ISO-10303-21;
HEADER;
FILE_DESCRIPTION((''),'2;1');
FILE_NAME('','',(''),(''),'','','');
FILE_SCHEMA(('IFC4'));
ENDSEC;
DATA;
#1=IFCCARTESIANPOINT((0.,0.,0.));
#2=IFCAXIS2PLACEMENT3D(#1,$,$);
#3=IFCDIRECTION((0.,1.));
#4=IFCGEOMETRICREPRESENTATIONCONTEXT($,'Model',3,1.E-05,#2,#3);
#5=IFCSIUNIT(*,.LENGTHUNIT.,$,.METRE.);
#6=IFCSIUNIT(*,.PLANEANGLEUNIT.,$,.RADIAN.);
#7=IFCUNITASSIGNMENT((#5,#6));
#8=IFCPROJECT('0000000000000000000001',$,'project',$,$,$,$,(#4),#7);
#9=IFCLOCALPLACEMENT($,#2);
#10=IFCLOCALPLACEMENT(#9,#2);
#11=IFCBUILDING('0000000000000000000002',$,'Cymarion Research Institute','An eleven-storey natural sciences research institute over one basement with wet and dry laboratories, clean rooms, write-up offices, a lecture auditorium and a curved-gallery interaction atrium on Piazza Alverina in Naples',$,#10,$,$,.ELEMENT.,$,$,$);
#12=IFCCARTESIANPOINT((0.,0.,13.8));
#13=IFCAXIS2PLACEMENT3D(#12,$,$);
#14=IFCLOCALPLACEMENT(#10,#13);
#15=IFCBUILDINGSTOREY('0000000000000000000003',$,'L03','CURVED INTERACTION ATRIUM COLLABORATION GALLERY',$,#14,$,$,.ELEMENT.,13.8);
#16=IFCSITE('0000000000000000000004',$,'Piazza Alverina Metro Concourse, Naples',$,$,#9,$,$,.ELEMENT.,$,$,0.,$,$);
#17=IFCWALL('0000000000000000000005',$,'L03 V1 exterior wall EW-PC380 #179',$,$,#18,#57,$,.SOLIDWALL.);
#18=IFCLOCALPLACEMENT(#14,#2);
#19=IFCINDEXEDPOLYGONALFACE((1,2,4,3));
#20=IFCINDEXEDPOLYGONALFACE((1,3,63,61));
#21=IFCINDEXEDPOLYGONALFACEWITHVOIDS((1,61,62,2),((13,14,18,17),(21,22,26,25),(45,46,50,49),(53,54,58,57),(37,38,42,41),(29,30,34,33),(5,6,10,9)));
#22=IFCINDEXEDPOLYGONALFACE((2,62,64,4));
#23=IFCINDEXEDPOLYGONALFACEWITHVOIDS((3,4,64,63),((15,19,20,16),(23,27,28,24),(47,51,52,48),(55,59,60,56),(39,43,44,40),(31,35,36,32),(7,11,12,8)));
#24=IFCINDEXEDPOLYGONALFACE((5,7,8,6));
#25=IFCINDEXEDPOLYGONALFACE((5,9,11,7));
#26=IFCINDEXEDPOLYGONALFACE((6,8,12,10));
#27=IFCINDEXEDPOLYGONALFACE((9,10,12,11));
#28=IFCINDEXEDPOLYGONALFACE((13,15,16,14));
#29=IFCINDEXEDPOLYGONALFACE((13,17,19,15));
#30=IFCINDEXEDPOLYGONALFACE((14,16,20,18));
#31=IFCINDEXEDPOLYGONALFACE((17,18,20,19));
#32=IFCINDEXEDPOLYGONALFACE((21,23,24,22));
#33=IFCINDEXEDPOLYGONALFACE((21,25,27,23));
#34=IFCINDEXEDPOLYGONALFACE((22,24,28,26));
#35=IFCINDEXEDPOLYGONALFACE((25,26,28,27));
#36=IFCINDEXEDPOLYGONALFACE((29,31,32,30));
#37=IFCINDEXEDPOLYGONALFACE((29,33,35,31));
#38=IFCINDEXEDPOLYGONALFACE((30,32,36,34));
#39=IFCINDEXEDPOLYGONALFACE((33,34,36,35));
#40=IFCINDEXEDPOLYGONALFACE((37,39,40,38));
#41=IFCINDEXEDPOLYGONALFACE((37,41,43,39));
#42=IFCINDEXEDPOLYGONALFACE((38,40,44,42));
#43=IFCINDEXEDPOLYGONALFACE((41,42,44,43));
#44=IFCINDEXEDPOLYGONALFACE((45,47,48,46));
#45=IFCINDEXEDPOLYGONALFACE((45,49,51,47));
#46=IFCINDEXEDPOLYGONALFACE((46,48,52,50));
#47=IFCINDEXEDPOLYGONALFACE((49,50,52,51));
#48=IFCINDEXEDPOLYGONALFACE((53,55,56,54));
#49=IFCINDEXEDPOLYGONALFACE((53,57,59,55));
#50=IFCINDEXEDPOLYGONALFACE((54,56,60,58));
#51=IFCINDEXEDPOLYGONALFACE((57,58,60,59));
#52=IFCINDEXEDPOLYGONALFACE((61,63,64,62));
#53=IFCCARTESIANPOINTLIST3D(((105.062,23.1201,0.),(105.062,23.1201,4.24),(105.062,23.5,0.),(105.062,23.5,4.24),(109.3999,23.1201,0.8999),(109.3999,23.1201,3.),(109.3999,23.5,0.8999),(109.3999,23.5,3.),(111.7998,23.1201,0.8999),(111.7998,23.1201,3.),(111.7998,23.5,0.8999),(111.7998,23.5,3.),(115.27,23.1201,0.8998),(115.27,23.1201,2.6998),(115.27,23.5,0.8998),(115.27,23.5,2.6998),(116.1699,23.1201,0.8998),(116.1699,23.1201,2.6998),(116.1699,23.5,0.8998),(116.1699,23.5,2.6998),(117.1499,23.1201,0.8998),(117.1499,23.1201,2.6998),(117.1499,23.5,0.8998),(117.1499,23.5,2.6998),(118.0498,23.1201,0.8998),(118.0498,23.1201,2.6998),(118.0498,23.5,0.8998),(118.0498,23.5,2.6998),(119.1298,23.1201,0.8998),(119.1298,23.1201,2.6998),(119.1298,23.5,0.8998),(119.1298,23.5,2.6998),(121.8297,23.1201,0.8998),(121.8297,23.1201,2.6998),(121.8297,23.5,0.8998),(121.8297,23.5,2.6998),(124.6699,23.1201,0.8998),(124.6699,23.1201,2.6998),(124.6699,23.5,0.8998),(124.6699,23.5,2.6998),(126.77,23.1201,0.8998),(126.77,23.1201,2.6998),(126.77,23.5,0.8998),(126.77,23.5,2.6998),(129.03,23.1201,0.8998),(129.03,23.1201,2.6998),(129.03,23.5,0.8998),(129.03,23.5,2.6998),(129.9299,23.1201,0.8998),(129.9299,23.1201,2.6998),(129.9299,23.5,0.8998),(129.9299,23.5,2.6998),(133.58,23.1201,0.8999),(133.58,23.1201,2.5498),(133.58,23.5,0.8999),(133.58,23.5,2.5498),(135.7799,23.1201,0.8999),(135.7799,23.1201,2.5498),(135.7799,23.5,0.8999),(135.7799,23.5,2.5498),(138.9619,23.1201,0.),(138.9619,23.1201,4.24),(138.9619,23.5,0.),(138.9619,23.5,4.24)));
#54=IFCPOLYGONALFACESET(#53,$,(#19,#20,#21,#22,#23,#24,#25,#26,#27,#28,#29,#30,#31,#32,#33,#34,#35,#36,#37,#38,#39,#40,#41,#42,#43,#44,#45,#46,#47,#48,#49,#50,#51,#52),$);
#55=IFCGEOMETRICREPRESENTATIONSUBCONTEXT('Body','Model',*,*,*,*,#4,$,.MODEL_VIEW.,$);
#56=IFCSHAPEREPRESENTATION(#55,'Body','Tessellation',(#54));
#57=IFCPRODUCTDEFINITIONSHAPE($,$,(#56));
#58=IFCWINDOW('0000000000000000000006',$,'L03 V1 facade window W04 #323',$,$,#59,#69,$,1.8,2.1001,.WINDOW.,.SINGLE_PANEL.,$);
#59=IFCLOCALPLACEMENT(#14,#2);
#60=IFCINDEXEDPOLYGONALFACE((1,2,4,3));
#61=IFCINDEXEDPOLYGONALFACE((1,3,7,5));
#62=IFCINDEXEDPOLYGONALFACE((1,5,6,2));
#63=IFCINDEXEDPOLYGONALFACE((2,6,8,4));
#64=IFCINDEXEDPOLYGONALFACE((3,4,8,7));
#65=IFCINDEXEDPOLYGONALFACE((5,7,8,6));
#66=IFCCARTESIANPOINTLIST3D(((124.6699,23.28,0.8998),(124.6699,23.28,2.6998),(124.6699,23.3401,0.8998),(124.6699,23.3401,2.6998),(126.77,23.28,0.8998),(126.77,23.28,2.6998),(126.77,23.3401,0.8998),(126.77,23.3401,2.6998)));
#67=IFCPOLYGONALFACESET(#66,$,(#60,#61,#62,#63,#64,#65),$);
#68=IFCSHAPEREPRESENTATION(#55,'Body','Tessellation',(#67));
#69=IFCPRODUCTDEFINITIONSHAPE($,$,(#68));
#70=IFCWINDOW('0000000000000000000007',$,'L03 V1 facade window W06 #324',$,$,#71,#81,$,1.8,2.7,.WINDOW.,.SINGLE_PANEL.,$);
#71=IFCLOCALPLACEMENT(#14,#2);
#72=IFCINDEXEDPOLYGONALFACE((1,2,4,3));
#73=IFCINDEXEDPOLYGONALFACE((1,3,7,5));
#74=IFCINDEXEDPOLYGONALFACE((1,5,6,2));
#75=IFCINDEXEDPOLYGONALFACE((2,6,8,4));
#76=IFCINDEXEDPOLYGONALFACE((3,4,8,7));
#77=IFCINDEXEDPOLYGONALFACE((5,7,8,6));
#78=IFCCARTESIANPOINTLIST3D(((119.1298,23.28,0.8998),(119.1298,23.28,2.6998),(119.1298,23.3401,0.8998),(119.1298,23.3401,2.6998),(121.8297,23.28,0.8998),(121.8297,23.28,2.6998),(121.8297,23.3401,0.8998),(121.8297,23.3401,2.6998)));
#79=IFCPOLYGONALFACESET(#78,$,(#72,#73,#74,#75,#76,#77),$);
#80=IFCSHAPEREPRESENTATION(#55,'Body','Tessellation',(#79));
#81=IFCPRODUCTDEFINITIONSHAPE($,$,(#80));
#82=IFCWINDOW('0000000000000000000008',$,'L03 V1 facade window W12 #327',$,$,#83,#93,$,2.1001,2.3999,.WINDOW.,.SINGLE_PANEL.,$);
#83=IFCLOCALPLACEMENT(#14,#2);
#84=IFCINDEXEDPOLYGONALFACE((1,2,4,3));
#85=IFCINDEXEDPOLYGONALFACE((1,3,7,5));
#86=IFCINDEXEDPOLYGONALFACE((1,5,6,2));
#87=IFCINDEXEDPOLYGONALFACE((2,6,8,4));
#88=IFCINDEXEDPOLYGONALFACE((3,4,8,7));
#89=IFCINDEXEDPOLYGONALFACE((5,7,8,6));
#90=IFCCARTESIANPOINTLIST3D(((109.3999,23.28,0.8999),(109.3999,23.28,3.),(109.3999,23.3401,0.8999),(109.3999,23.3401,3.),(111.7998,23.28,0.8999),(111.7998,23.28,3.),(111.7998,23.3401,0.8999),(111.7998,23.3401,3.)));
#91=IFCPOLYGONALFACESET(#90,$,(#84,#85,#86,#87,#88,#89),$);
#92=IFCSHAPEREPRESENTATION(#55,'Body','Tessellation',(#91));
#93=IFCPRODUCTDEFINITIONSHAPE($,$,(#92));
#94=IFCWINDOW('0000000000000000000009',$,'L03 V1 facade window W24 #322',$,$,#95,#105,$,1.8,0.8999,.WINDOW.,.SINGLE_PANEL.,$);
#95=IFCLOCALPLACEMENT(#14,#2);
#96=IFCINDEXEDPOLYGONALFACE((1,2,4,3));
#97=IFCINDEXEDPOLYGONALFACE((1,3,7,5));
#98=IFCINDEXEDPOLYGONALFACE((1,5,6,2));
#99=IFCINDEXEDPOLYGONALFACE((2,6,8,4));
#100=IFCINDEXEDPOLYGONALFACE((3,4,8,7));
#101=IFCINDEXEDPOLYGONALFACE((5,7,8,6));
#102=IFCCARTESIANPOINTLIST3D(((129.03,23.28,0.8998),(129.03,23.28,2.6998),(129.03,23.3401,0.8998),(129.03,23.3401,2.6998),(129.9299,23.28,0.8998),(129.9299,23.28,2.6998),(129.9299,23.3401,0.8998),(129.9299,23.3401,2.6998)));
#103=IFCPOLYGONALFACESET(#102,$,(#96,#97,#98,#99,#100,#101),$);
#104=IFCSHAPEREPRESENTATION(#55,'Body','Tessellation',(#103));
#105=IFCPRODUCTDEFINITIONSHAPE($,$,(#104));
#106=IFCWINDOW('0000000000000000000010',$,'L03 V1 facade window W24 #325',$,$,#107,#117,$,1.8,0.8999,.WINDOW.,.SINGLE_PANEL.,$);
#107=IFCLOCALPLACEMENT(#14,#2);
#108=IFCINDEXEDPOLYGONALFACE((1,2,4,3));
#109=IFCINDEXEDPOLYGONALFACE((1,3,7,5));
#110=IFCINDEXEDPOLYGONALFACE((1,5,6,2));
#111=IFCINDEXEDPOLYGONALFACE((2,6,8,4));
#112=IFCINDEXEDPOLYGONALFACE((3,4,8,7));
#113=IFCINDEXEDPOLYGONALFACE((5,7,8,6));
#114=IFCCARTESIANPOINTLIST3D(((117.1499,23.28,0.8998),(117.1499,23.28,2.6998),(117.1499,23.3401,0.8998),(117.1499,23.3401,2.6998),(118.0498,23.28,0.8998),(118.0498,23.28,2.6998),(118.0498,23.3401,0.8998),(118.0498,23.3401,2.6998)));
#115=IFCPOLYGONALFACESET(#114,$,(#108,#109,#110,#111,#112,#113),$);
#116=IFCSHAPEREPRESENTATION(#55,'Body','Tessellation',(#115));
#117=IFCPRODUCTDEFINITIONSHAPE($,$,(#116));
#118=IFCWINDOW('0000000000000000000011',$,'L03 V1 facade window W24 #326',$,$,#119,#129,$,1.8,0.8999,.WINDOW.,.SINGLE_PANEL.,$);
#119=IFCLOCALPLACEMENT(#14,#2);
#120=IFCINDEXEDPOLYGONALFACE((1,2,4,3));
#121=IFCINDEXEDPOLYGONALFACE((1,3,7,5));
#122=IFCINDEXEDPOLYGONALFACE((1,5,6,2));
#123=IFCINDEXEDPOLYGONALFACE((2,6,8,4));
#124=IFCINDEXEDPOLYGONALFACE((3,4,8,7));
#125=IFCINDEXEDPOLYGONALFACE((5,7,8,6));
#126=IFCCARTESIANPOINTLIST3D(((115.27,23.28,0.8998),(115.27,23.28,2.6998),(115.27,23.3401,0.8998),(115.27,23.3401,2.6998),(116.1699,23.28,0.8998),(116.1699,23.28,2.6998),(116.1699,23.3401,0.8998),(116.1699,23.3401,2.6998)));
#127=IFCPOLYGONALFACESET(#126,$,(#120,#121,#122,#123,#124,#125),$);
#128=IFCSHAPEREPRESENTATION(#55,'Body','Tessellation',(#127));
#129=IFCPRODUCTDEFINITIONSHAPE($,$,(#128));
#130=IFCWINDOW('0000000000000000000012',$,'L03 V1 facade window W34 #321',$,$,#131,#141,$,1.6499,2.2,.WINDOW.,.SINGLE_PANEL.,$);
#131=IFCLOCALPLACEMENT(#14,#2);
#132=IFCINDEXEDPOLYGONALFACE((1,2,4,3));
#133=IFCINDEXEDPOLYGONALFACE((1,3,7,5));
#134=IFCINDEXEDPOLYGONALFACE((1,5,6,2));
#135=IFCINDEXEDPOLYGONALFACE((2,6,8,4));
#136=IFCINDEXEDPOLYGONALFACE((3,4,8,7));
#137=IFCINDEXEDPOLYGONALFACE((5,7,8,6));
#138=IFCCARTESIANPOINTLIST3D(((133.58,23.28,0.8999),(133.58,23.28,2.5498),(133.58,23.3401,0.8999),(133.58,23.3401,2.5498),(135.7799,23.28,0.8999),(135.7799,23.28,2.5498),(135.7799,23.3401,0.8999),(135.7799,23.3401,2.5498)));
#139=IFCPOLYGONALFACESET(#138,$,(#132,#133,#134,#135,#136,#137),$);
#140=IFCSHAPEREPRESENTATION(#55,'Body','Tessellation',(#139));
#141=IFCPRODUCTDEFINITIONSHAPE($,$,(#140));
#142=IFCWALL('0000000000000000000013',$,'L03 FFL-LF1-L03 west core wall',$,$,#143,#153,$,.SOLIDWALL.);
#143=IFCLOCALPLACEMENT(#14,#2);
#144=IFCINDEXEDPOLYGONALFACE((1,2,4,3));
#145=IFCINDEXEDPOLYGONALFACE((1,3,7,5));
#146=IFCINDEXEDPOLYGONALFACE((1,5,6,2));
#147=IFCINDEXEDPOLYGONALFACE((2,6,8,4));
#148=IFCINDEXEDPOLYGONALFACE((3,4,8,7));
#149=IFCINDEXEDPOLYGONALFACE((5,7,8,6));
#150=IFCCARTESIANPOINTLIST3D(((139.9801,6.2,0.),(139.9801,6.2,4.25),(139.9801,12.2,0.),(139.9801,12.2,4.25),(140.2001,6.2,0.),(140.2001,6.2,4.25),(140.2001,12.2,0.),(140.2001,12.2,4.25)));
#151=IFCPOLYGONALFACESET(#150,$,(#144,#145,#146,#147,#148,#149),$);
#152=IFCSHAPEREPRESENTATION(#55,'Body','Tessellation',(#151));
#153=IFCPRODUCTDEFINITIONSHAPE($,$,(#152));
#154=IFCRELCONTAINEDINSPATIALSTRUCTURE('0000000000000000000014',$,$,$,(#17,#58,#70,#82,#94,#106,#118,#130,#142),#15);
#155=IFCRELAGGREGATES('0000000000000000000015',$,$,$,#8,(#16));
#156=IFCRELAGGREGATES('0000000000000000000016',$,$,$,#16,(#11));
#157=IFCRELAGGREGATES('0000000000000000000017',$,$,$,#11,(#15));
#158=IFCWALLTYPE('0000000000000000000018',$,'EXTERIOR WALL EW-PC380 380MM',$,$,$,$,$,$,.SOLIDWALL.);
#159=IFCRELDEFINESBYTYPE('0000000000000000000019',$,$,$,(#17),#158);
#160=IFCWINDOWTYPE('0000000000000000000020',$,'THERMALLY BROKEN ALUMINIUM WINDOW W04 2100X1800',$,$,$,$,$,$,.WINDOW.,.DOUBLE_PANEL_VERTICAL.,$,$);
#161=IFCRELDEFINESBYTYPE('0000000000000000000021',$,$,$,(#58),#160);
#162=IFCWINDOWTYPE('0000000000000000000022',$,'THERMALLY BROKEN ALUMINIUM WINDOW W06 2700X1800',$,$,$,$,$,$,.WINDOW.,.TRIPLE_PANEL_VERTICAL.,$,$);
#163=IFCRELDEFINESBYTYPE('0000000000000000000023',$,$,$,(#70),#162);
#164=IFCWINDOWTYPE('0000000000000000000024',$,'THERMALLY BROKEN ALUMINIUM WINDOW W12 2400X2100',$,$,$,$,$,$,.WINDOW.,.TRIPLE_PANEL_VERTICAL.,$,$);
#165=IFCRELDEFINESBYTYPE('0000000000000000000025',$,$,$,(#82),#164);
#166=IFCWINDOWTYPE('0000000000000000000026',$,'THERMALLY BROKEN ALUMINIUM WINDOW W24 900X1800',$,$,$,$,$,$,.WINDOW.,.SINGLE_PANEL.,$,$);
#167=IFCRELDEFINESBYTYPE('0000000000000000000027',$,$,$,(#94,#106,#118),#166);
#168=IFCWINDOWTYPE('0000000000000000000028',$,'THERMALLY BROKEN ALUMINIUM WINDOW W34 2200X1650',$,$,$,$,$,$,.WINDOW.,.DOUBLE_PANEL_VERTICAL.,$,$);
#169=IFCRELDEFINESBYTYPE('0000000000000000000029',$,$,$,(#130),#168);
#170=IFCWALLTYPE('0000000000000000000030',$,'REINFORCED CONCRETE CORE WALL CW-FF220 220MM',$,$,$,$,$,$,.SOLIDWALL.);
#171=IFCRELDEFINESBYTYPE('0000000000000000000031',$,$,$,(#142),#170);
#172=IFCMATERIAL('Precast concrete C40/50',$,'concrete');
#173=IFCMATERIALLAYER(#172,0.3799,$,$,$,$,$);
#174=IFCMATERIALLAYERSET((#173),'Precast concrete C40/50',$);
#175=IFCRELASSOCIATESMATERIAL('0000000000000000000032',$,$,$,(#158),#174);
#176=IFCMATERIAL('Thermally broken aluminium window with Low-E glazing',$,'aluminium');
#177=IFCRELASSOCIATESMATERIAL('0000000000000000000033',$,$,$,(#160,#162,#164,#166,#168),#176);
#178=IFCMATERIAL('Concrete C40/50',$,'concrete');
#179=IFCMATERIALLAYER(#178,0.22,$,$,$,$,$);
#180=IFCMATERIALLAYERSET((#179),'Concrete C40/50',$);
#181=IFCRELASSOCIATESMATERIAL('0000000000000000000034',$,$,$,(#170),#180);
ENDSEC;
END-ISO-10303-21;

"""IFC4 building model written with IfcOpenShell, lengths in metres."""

from ifc_helpers import new_model, si_unit, direction, frame, frame_2d, origin, place, context, subcontext, project, spatial, rectangle, extrude, material, layer, layer_set, type_object, element, fill, save


model = new_model("IFC4")

# Units and contexts
model_context = context("Model", 3, precision=1e-05, world=origin(), true_north=direction((0.0, 1.0)))
body_context = subcontext(model_context, "Body", "Model", "MODEL_VIEW")
ifc_project = project(units=[si_unit("LENGTHUNIT", "METRE"), si_unit("PLANEANGLEUNIT", "RADIAN")], contexts=[model_context])

# Site, building, storey
site_placement = place(None, origin())
site = spatial("IfcSite", under=ifc_project, at=site_placement, Name="Piazza Alverina Metro Concourse, Naples", CompositionType="ELEMENT", RefElevation=0.0)
building_placement = place(site_placement, origin())
building = spatial("IfcBuilding", under=site, at=building_placement, Name="Cymarion Research Institute", Description="An eleven-storey natural sciences research institute over one basement with wet and dry laboratories, clean rooms, write-up offices, a lecture auditorium and a curved-gallery interaction atrium on Piazza Alverina in Naples", CompositionType="ELEMENT")
storey_placement = place(building_placement, frame((0.0, 0.0, 13.8)))
storey = spatial("IfcBuildingStorey", under=building, at=storey_placement, Name="L03", Description="CURVED INTERACTION ATRIUM COLLABORATION GALLERY", CompositionType="ELEMENT", Elevation=13.8)

# Shared definitions
ifc_material_1 = material(Name="Precast concrete C40/50", Category="concrete")
ifc_layer_1 = layer(ifc_material_1, 0.3799)
ifc_layer_set_1 = layer_set([ifc_layer_1], Name="Precast concrete C40/50")
wall_type_1 = type_object("IfcWallType", Name="EXTERIOR WALL EW-PC380 380MM", PredefinedType="SOLIDWALL", material=ifc_layer_set_1)

# Wall, openings, windows
wall_1_placement = place(storey_placement, frame((138.9619, 23.3101, 0.0), z_axis=(0.0, 0.0, 1.0), x_axis=(-1.0, 0.0, 0.0)))
wall_1 = element("IfcWall", 1, at=wall_1_placement, inside=storey, type_object=wall_type_1, Name="L03 V1 exterior wall EW-PC380 #179", PredefinedType="SOLIDWALL", context=body_context, shape_type="SweptSolid", body=[
    extrude(rectangle(XDim=33.8999, YDim=0.3799, at=frame_2d((16.95, 0.0))), origin(), (0.0, 0.0, 1.0), 4.24),
])
opening_1_placement = place(wall_1_placement, frame((3.1819, 0.0, 0.8999)))
opening_1 = element("IfcOpeningElement", 2, at=opening_1_placement, cuts=wall_1, PredefinedType="OPENING", context=body_context, shape_type="SweptSolid", body=[
    extrude(rectangle(XDim=2.2, YDim=1.6499, at=frame_2d((1.1001, 0.825))), frame((0.0, 0.2, 0.0), z_axis=(0.0, -1.0, 0.0), x_axis=(1.0, 0.0, 0.0)), (0.0, 0.0, 1.0), 0.3999),
])
opening_2_placement = place(wall_1_placement, frame((9.032, 0.0, 0.8999)))
opening_2 = element("IfcOpeningElement", 3, at=opening_2_placement, cuts=wall_1, PredefinedType="OPENING", context=body_context, shape_type="SweptSolid", body=[
    extrude(rectangle(XDim=0.8999, YDim=1.8, at=frame_2d((0.45, 0.8999))), frame((0.0, 0.2, 0.0), z_axis=(0.0, -1.0, 0.0), x_axis=(1.0, 0.0, 0.0)), (0.0, 0.0, 1.0), 0.3999),
])
opening_3_placement = place(wall_1_placement, frame((12.1919, 0.0, 0.8999)))
opening_3 = element("IfcOpeningElement", 4, at=opening_3_placement, cuts=wall_1, PredefinedType="OPENING", context=body_context, shape_type="SweptSolid", body=[
    extrude(rectangle(XDim=2.1001, YDim=1.8, at=frame_2d((1.05, 0.8999))), frame((0.0, 0.2, 0.0), z_axis=(0.0, -1.0, 0.0), x_axis=(1.0, 0.0, 0.0)), (0.0, 0.0, 1.0), 0.3999),
])
opening_4_placement = place(wall_1_placement, frame((17.1321, 0.0, 0.8999)))
opening_4 = element("IfcOpeningElement", 5, at=opening_4_placement, cuts=wall_1, PredefinedType="OPENING", context=body_context, shape_type="SweptSolid", body=[
    extrude(rectangle(XDim=2.7, YDim=1.8, at=frame_2d((1.3501, 0.8999))), frame((0.0, 0.2, 0.0), z_axis=(0.0, -1.0, 0.0), x_axis=(1.0, 0.0, 0.0)), (0.0, 0.0, 1.0), 0.3999),
])
opening_5_placement = place(wall_1_placement, frame((20.9121, 0.0, 0.8999)))
opening_5 = element("IfcOpeningElement", 6, at=opening_5_placement, cuts=wall_1, PredefinedType="OPENING", context=body_context, shape_type="SweptSolid", body=[
    extrude(rectangle(XDim=0.8999, YDim=1.8, at=frame_2d((0.45, 0.8999))), frame((0.0, 0.2, 0.0), z_axis=(0.0, -1.0, 0.0), x_axis=(1.0, 0.0, 0.0)), (0.0, 0.0, 1.0), 0.3999),
])
opening_6_placement = place(wall_1_placement, frame((22.792, 0.0, 0.8999)))
opening_6 = element("IfcOpeningElement", 7, at=opening_6_placement, cuts=wall_1, PredefinedType="OPENING", context=body_context, shape_type="SweptSolid", body=[
    extrude(rectangle(XDim=0.8999, YDim=1.8, at=frame_2d((0.45, 0.8999))), frame((0.0, 0.2, 0.0), z_axis=(0.0, -1.0, 0.0), x_axis=(1.0, 0.0, 0.0)), (0.0, 0.0, 1.0), 0.3999),
])
opening_7_placement = place(wall_1_placement, frame((27.1621, 0.0, 0.8999)))
opening_7 = element("IfcOpeningElement", 8, at=opening_7_placement, cuts=wall_1, PredefinedType="OPENING", context=body_context, shape_type="SweptSolid", body=[
    extrude(rectangle(XDim=2.3999, YDim=2.1001, at=frame_2d((1.2, 1.05))), frame((0.0, 0.2, 0.0), z_axis=(0.0, -1.0, 0.0), x_axis=(1.0, 0.0, 0.0)), (0.0, 0.0, 1.0), 0.3999),
])
ifc_material_2 = material(Name="Thermally broken aluminium window with Low-E glazing", Category="aluminium")
window_type_1 = type_object("IfcWindowType", Name="THERMALLY BROKEN ALUMINIUM WINDOW W04 2100X1800", PartitioningType="DOUBLE_PANEL_VERTICAL", PredefinedType="WINDOW", material=ifc_material_2)
window_1_placement = place(opening_3_placement, origin())
window_1 = element("IfcWindow", 9, at=window_1_placement, inside=storey, type_object=window_type_1, Name="L03 V1 facade window W04 #323", OverallHeight=1.8, OverallWidth=2.1001, PartitioningType="SINGLE_PANEL", PredefinedType="WINDOW", context=body_context, shape_type="SweptSolid", body=[
    extrude(rectangle(XDim=2.1001, YDim=1.8, at=frame_2d((1.05, 0.8999))), frame((0.0, 0.03, 0.0), z_axis=(0.0, -1.0, 0.0), x_axis=(1.0, 0.0, 0.0)), (0.0, 0.0, 1.0), 0.0601),
])
fill(opening_3, window_1)
window_type_2 = type_object("IfcWindowType", Name="THERMALLY BROKEN ALUMINIUM WINDOW W06 2700X1800", PartitioningType="TRIPLE_PANEL_VERTICAL", PredefinedType="WINDOW", material=ifc_material_2)
window_2_placement = place(opening_4_placement, origin())
window_2 = element("IfcWindow", 10, at=window_2_placement, inside=storey, type_object=window_type_2, Name="L03 V1 facade window W06 #324", OverallHeight=1.8, OverallWidth=2.7, PartitioningType="SINGLE_PANEL", PredefinedType="WINDOW", context=body_context, shape_type="SweptSolid", body=[
    extrude(rectangle(XDim=2.7, YDim=1.8, at=frame_2d((1.3501, 0.8999))), frame((0.0, 0.03, 0.0), z_axis=(0.0, -1.0, 0.0), x_axis=(1.0, 0.0, 0.0)), (0.0, 0.0, 1.0), 0.0601),
])
fill(opening_4, window_2)
window_type_3 = type_object("IfcWindowType", Name="THERMALLY BROKEN ALUMINIUM WINDOW W12 2400X2100", PartitioningType="TRIPLE_PANEL_VERTICAL", PredefinedType="WINDOW", material=ifc_material_2)
window_3_placement = place(opening_7_placement, origin())
window_3 = element("IfcWindow", 11, at=window_3_placement, inside=storey, type_object=window_type_3, Name="L03 V1 facade window W12 #327", OverallHeight=2.1001, OverallWidth=2.3999, PartitioningType="SINGLE_PANEL", PredefinedType="WINDOW", context=body_context, shape_type="SweptSolid", body=[
    extrude(rectangle(XDim=2.3999, YDim=2.1001, at=frame_2d((1.2, 1.05))), frame((0.0, 0.03, 0.0), z_axis=(0.0, -1.0, 0.0), x_axis=(1.0, 0.0, 0.0)), (0.0, 0.0, 1.0), 0.0601),
])
fill(opening_7, window_3)
window_type_4 = type_object("IfcWindowType", Name="THERMALLY BROKEN ALUMINIUM WINDOW W24 900X1800", PartitioningType="SINGLE_PANEL", PredefinedType="WINDOW", material=ifc_material_2)
window_4_placement = place(opening_2_placement, origin())
window_4 = element("IfcWindow", 12, at=window_4_placement, inside=storey, type_object=window_type_4, Name="L03 V1 facade window W24 #322", OverallHeight=1.8, OverallWidth=0.8999, PartitioningType="SINGLE_PANEL", PredefinedType="WINDOW", context=body_context, shape_type="SweptSolid", body=[
    extrude(rectangle(XDim=0.8999, YDim=1.8, at=frame_2d((0.45, 0.8999))), frame((0.0, 0.03, 0.0), z_axis=(0.0, -1.0, 0.0), x_axis=(1.0, 0.0, 0.0)), (0.0, 0.0, 1.0), 0.0601),
])
fill(opening_2, window_4)
window_5_placement = place(opening_5_placement, origin())
window_5 = element("IfcWindow", 13, at=window_5_placement, inside=storey, type_object=window_type_4, Name="L03 V1 facade window W24 #325", OverallHeight=1.8, OverallWidth=0.8999, PartitioningType="SINGLE_PANEL", PredefinedType="WINDOW", context=body_context, shape_type="SweptSolid", body=[
    extrude(rectangle(XDim=0.8999, YDim=1.8, at=frame_2d((0.45, 0.8999))), frame((0.0, 0.03, 0.0), z_axis=(0.0, -1.0, 0.0), x_axis=(1.0, 0.0, 0.0)), (0.0, 0.0, 1.0), 0.0601),
])
fill(opening_5, window_5)
window_6_placement = place(opening_6_placement, origin())
window_6 = element("IfcWindow", 14, at=window_6_placement, inside=storey, type_object=window_type_4, Name="L03 V1 facade window W24 #326", OverallHeight=1.8, OverallWidth=0.8999, PartitioningType="SINGLE_PANEL", PredefinedType="WINDOW", context=body_context, shape_type="SweptSolid", body=[
    extrude(rectangle(XDim=0.8999, YDim=1.8, at=frame_2d((0.45, 0.8999))), frame((0.0, 0.03, 0.0), z_axis=(0.0, -1.0, 0.0), x_axis=(1.0, 0.0, 0.0)), (0.0, 0.0, 1.0), 0.0601),
])
fill(opening_6, window_6)
window_type_5 = type_object("IfcWindowType", Name="THERMALLY BROKEN ALUMINIUM WINDOW W34 2200X1650", PartitioningType="DOUBLE_PANEL_VERTICAL", PredefinedType="WINDOW", material=ifc_material_2)
window_7_placement = place(opening_1_placement, origin())
window_7 = element("IfcWindow", 15, at=window_7_placement, inside=storey, type_object=window_type_5, Name="L03 V1 facade window W34 #321", OverallHeight=1.6499, OverallWidth=2.2, PartitioningType="SINGLE_PANEL", PredefinedType="WINDOW", context=body_context, shape_type="SweptSolid", body=[
    extrude(rectangle(XDim=2.2, YDim=1.6499, at=frame_2d((1.1001, 0.825))), frame((0.0, 0.03, 0.0), z_axis=(0.0, -1.0, 0.0), x_axis=(1.0, 0.0, 0.0)), (0.0, 0.0, 1.0), 0.0601),
])
fill(opening_1, window_7)

# Wall
ifc_material_3 = material(Name="Concrete C40/50", Category="concrete")
ifc_layer_2 = layer(ifc_material_3, 0.22)
ifc_layer_set_2 = layer_set([ifc_layer_2], Name="Concrete C40/50")
wall_type_2 = type_object("IfcWallType", Name="REINFORCED CONCRETE CORE WALL CW-FF220 220MM", PredefinedType="SOLIDWALL", material=ifc_layer_set_2)
wall_2_placement = place(storey_placement, frame((140.0901, 12.2, 0.0), z_axis=(0.0, 0.0, 1.0), x_axis=(0.0, -1.0, 0.0)))
element("IfcWall", 16, at=wall_2_placement, inside=storey, type_object=wall_type_2, Name="L03 FFL-LF1-L03 west core wall", PredefinedType="SOLIDWALL", context=body_context, shape_type="SweptSolid", body=[
    extrude(rectangle(XDim=6.0, YDim=0.22, at=frame_2d((3.0, 0.0))), origin(), (0.0, 0.0, 1.0), 4.25),
])

save(model, "model.ifc")
